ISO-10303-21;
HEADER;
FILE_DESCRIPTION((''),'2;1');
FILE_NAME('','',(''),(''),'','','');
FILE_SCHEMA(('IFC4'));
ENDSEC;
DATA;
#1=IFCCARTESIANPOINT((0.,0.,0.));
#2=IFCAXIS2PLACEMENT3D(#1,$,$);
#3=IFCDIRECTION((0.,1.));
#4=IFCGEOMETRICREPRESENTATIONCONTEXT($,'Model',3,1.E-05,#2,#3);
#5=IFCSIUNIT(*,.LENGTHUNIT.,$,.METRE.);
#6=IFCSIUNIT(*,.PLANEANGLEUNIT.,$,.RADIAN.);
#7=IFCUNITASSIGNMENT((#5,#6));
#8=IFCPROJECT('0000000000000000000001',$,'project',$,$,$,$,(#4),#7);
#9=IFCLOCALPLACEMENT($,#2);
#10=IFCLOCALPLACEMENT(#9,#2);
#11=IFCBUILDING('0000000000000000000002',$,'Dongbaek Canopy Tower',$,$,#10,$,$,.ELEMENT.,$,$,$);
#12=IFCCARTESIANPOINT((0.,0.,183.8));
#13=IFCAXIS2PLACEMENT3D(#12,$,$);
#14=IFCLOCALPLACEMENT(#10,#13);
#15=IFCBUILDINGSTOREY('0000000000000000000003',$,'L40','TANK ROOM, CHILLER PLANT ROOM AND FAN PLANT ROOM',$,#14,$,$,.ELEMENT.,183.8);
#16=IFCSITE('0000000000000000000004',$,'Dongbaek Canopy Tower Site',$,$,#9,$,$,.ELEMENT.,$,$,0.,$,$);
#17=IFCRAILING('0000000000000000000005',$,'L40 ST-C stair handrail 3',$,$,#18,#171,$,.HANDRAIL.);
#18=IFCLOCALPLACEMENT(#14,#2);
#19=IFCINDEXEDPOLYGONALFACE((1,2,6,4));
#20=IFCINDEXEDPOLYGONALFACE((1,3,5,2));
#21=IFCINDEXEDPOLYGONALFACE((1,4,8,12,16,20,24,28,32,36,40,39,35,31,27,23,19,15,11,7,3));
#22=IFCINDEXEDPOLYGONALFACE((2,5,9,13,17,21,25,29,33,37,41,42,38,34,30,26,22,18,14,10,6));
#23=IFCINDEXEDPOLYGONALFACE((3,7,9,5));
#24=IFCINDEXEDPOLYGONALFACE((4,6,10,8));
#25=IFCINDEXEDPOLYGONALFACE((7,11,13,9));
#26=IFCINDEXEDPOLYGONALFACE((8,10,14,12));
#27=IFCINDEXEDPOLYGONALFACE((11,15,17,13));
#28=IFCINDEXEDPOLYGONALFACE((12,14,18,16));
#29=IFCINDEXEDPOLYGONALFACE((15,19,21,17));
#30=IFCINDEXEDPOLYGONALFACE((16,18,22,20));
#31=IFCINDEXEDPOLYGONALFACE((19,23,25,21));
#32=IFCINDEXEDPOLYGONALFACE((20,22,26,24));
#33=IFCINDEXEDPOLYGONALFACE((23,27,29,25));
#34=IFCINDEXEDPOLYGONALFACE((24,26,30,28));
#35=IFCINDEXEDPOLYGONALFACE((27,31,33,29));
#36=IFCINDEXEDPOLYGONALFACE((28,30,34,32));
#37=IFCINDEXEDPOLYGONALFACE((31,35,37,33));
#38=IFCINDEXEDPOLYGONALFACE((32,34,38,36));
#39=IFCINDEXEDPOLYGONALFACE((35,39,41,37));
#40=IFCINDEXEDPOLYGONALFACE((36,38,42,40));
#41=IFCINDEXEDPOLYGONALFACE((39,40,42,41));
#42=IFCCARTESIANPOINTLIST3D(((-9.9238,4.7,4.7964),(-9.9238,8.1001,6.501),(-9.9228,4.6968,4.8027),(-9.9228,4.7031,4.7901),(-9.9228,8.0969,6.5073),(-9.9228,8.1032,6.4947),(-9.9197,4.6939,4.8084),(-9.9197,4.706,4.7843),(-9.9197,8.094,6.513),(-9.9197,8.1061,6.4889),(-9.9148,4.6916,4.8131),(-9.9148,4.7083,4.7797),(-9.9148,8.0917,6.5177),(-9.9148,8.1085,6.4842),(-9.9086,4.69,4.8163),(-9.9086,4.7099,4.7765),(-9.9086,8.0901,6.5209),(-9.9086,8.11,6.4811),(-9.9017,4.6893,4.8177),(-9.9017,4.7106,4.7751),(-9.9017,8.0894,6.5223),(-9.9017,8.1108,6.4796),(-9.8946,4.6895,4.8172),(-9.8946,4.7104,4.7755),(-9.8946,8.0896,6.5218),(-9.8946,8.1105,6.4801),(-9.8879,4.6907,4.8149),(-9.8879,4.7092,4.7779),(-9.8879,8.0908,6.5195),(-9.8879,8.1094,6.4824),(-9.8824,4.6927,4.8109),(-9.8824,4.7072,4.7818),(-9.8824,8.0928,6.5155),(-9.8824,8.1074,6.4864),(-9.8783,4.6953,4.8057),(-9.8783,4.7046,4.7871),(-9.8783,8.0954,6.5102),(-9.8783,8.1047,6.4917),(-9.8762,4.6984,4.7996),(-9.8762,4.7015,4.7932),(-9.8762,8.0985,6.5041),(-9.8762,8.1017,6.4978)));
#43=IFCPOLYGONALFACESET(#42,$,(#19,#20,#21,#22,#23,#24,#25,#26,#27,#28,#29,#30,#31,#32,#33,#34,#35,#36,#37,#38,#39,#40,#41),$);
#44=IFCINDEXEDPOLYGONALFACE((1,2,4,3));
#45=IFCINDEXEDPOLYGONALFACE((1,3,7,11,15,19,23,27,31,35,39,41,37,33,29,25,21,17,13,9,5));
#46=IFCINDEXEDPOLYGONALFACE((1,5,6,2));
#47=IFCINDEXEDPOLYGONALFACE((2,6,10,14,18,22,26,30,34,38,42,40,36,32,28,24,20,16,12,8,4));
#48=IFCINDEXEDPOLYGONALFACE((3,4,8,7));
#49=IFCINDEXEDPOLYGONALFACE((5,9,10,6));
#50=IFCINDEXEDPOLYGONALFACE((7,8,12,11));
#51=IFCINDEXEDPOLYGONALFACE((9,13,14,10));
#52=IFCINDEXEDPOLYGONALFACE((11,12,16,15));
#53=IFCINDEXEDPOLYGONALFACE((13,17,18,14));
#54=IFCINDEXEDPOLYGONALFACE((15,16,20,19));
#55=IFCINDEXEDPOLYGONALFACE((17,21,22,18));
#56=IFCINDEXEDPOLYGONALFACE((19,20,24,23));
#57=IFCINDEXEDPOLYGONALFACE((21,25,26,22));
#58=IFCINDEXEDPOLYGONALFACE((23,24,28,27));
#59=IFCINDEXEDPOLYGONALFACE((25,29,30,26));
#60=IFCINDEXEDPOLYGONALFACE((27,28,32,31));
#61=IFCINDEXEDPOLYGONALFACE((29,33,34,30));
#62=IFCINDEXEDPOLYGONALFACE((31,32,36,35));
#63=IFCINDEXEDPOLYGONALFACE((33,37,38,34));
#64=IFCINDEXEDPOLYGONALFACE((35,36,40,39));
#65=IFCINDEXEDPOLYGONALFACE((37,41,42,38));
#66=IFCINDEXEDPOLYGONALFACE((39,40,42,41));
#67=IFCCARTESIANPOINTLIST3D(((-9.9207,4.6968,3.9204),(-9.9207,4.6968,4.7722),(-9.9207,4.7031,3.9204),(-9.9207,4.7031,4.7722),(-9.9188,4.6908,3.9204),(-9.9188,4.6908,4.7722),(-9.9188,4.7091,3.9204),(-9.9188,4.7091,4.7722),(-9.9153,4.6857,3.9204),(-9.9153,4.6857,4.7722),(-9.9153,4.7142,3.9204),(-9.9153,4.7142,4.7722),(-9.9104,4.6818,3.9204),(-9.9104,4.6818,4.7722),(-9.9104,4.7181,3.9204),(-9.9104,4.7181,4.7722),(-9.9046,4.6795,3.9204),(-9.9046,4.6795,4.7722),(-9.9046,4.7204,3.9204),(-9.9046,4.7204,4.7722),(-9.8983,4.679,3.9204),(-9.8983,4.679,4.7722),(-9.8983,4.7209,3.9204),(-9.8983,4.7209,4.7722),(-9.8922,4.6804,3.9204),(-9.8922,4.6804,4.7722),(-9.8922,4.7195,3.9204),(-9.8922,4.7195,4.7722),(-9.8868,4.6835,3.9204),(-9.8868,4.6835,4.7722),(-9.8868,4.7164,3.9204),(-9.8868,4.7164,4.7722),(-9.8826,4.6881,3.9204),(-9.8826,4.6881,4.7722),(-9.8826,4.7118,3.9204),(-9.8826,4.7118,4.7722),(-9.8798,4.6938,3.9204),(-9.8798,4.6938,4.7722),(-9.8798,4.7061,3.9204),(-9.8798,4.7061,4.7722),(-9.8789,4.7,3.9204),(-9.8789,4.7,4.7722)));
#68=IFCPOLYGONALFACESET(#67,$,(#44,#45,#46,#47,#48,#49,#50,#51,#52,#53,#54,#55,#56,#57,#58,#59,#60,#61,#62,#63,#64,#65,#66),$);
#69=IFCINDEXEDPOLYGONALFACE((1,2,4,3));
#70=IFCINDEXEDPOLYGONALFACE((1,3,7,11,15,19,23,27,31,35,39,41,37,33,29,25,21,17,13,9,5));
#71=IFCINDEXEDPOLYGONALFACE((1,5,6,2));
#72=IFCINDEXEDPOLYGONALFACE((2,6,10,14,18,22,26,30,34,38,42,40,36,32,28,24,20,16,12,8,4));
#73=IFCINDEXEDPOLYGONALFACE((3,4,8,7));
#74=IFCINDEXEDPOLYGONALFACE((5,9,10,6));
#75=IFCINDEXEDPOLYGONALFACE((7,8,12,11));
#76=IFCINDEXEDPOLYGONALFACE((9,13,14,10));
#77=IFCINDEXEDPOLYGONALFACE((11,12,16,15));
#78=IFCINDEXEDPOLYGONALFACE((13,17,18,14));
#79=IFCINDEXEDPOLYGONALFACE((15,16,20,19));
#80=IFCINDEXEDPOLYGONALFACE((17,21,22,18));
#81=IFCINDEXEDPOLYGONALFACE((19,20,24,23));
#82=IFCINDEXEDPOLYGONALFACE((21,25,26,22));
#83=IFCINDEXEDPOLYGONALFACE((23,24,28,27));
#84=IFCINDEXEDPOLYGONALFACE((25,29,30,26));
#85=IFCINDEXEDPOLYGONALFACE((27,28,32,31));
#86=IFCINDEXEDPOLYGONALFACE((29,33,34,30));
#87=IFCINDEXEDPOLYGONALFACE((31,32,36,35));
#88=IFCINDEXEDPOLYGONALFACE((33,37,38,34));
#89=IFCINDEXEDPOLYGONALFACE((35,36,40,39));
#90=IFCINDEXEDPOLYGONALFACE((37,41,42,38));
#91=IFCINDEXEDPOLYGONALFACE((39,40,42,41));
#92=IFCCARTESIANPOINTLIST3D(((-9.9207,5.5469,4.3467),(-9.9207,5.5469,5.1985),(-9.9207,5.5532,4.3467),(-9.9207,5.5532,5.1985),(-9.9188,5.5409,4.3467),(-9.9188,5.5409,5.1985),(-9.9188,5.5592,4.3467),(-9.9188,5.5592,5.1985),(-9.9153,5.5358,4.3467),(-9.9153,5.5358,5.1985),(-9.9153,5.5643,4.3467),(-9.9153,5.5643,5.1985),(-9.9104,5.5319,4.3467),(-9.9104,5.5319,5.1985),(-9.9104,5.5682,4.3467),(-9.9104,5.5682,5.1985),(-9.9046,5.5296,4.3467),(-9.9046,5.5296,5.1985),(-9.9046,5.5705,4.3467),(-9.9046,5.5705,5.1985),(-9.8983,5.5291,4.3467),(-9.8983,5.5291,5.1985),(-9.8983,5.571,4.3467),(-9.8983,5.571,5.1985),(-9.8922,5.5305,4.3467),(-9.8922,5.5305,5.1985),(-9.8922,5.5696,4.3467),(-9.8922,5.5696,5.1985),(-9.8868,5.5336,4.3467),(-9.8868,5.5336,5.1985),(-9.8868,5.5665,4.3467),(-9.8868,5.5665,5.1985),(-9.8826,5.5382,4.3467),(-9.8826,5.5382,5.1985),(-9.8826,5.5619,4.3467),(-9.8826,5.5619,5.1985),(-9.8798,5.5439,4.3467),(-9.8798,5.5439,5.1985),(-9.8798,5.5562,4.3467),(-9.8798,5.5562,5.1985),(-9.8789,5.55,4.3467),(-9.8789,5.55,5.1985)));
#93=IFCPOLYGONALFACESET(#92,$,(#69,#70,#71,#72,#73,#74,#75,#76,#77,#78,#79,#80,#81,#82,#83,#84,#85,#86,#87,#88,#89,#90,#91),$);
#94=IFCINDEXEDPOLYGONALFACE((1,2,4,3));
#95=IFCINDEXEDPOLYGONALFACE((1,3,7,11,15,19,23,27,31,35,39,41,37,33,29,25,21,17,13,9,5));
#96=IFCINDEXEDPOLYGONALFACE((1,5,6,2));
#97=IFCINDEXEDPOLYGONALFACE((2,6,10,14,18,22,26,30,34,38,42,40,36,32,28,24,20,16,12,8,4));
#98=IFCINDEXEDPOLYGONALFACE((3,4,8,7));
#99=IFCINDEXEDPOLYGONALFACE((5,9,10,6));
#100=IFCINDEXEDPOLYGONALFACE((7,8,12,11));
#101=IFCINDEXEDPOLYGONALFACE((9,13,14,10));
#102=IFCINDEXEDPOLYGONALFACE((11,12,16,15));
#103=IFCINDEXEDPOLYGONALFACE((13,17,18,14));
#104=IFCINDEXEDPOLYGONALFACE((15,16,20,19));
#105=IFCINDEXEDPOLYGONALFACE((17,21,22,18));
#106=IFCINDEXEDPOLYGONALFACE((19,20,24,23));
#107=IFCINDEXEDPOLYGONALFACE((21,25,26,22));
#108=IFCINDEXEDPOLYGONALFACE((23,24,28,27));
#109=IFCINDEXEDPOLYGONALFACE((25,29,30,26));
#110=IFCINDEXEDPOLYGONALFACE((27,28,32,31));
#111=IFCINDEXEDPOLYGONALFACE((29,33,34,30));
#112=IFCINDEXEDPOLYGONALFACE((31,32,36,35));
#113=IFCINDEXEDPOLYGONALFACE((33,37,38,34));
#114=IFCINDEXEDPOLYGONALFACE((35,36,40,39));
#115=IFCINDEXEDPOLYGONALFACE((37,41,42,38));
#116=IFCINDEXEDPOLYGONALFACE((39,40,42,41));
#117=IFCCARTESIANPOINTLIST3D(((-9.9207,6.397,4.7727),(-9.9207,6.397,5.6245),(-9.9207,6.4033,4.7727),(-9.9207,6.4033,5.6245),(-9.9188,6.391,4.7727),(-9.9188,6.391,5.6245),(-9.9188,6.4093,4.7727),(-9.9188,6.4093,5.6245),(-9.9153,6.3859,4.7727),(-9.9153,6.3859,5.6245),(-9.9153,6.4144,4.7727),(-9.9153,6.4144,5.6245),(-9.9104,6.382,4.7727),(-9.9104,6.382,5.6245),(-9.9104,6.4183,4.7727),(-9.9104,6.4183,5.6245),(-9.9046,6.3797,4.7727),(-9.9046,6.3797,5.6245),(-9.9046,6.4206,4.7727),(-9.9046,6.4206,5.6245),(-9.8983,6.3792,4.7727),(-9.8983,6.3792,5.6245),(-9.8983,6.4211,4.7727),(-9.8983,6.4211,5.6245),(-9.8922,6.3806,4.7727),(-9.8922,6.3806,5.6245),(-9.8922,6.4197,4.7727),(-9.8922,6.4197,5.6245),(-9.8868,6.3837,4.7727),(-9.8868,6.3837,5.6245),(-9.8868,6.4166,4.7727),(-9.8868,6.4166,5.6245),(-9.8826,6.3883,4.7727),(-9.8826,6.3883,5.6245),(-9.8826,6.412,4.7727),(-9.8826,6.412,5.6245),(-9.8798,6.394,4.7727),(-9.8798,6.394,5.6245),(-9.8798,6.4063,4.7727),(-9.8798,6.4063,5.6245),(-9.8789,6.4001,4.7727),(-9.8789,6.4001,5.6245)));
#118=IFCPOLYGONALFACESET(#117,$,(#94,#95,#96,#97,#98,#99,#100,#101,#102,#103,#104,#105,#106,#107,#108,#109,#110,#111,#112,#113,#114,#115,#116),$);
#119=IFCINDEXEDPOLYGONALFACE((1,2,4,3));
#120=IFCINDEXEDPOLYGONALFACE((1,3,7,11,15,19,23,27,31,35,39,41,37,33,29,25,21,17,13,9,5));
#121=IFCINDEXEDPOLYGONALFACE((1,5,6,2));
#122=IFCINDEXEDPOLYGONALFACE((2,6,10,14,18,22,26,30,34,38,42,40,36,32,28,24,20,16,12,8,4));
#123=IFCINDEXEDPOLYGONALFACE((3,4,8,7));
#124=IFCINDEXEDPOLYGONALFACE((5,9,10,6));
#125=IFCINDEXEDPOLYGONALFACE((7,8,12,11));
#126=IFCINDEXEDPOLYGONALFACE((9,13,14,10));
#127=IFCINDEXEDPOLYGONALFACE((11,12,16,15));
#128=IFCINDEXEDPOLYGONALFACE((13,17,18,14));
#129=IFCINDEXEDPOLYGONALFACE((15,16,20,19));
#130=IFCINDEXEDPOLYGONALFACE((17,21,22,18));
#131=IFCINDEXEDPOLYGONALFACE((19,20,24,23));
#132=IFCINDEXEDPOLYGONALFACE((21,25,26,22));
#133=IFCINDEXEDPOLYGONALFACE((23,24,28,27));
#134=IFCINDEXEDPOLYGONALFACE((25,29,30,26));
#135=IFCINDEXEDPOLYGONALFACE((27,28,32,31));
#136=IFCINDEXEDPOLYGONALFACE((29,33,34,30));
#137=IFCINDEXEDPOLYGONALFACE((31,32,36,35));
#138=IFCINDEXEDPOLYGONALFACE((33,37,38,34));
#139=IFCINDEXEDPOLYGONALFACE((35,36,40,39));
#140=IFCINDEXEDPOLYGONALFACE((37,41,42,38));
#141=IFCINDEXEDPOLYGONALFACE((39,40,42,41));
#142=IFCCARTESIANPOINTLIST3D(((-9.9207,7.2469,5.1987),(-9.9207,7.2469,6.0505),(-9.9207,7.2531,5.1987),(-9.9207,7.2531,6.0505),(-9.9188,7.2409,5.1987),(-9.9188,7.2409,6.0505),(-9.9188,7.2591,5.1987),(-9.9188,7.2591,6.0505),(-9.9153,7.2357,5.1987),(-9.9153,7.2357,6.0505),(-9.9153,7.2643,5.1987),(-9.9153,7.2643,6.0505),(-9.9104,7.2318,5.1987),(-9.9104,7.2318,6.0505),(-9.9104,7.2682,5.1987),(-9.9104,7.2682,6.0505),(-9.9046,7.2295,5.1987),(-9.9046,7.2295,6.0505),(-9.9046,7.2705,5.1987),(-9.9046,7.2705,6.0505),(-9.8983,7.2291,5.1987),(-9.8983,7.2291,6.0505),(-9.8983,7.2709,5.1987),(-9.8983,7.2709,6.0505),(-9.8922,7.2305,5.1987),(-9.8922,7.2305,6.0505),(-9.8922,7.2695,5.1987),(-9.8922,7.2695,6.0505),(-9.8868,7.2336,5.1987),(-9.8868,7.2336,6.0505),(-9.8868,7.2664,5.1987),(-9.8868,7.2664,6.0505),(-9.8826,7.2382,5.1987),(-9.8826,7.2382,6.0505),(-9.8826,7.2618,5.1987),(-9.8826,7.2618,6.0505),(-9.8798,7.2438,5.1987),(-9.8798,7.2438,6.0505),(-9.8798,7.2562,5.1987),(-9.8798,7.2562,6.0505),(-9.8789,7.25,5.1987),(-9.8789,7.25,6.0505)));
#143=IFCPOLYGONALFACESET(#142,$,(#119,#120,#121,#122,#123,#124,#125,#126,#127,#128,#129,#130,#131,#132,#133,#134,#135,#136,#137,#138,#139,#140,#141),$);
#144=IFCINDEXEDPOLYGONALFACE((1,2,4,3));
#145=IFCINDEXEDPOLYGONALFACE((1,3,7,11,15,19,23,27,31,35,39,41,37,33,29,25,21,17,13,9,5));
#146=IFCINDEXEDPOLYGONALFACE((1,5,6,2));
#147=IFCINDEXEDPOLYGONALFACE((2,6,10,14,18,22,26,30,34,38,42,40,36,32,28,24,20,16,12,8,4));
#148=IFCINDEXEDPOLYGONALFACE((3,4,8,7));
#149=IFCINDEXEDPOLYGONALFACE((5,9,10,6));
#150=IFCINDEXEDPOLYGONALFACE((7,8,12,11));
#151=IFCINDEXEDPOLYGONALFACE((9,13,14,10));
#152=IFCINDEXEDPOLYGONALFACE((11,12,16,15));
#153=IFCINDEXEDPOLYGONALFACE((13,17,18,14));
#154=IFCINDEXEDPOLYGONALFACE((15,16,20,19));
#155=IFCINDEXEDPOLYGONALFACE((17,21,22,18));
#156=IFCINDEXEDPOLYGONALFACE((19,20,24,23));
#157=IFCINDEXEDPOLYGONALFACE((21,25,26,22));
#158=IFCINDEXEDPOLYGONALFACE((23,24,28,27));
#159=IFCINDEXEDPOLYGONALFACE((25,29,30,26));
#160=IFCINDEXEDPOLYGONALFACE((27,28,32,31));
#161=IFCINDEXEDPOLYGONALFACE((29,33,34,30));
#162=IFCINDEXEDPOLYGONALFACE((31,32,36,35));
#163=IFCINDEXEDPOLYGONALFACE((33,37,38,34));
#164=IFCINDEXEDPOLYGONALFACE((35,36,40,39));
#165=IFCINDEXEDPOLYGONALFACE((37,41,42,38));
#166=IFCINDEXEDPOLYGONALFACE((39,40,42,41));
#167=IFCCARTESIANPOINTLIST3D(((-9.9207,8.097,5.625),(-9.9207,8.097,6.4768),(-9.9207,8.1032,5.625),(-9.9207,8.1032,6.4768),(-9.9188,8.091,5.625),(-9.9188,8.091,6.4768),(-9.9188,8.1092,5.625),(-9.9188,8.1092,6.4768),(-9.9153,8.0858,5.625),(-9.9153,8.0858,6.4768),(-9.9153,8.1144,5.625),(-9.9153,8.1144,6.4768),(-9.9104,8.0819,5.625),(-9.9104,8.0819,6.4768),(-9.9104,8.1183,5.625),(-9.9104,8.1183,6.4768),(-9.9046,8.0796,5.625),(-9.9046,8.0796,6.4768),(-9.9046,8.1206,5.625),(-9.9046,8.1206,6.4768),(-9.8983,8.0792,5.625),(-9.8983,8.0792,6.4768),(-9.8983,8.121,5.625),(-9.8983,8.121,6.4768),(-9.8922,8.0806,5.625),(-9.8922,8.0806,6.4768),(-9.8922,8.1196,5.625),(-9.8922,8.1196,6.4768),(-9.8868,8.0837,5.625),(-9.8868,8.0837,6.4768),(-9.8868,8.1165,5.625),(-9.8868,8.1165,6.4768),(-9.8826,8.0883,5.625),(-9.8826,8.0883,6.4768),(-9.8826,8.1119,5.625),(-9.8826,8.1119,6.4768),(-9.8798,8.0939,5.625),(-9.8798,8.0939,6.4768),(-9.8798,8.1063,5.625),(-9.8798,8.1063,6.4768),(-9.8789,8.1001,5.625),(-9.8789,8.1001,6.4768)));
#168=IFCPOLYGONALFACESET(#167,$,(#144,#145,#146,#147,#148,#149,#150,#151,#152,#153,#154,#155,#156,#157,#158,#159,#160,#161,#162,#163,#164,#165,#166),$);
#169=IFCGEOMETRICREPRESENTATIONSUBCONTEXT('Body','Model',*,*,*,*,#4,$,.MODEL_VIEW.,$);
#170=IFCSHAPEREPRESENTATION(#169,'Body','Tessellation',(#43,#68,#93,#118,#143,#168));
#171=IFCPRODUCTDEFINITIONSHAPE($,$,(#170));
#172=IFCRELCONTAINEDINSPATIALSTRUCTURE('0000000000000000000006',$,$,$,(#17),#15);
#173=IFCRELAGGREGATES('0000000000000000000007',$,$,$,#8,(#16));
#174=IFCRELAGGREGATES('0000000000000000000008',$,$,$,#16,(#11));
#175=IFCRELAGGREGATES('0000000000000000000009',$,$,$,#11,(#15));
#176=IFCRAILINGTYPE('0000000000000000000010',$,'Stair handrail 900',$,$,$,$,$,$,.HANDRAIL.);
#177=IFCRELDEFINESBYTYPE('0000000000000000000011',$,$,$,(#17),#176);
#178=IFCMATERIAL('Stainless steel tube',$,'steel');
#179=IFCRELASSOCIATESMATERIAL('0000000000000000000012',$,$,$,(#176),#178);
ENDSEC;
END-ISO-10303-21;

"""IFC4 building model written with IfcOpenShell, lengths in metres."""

from ifc_helpers import new_model, si_unit, direction, frame, origin, origin_2d, place, context, subcontext, project, spatial, circle, extrude, material, type_object, element, save


model = new_model("IFC4")

# Units and contexts
model_context = context("Model", 3, precision=1e-05, world=origin(), true_north=direction((0.0, 1.0)))
body_context = subcontext(model_context, "Body", "Model", "MODEL_VIEW")
ifc_project = project(units=[si_unit("LENGTHUNIT", "METRE"), si_unit("PLANEANGLEUNIT", "RADIAN")], contexts=[model_context])

# Site, building, storey
site_placement = place(None, origin())
site = spatial("IfcSite", under=ifc_project, at=site_placement, Name="Dongbaek Canopy Tower Site", CompositionType="ELEMENT", RefElevation=0.0)
building_placement = place(site_placement, origin())
building = spatial("IfcBuilding", under=site, at=building_placement, Name="Dongbaek Canopy Tower", CompositionType="ELEMENT")
storey_placement = place(building_placement, frame((0.0, 0.0, 183.8)))
storey = spatial("IfcBuildingStorey", under=building, at=storey_placement, Name="L40", Description="TANK ROOM, CHILLER PLANT ROOM AND FAN PLANT ROOM", CompositionType="ELEMENT", Elevation=183.8)

# Railing
ifc_material_1 = material(Name="Stainless steel tube", Category="steel")
railing_type = type_object("IfcRailingType", Name="Stair handrail 900", PredefinedType="HANDRAIL", material=ifc_material_1)
for number, where, name in (
    (1, (-9.8999, 4.7, 3.9204), "L40 ST-C stair handrail 3"),
):
    element("IfcRailing", number, at=place(storey_placement, frame(where)), inside=storey, type_object=railing_type, Name=name, PredefinedType="HANDRAIL", context=body_context, shape_type="SweptSolid", body=[
        extrude(circle(Radius=0.0239, at=origin_2d()), frame((0.0, 0.0, 0.876), z_axis=(0.0, 0.893952, 0.448163), x_axis=(-1.0, 0.0, 0.0)), (0.0, 0.0, 1.0), 3.8035),
        extrude(circle(Radius=0.021, at=origin_2d()), origin(), (0.0, 0.0, 1.0), 0.8518),
        extrude(circle(Radius=0.021, at=origin_2d()), frame((0.0, 0.8501, 0.4263)), (0.0, 0.0, 1.0), 0.8518),
        extrude(circle(Radius=0.021, at=origin_2d()), frame((0.0, 1.7002, 0.8523)), (0.0, 0.0, 1.0), 0.8518),
        extrude(circle(Radius=0.021, at=origin_2d()), frame((0.0, 2.55, 1.2783)), (0.0, 0.0, 1.0), 0.8518),
        extrude(circle(Radius=0.021, at=origin_2d()), frame((0.0, 3.4001, 1.7046)), (0.0, 0.0, 1.0), 0.8518),
    ])

save(model, "model.ifc")
